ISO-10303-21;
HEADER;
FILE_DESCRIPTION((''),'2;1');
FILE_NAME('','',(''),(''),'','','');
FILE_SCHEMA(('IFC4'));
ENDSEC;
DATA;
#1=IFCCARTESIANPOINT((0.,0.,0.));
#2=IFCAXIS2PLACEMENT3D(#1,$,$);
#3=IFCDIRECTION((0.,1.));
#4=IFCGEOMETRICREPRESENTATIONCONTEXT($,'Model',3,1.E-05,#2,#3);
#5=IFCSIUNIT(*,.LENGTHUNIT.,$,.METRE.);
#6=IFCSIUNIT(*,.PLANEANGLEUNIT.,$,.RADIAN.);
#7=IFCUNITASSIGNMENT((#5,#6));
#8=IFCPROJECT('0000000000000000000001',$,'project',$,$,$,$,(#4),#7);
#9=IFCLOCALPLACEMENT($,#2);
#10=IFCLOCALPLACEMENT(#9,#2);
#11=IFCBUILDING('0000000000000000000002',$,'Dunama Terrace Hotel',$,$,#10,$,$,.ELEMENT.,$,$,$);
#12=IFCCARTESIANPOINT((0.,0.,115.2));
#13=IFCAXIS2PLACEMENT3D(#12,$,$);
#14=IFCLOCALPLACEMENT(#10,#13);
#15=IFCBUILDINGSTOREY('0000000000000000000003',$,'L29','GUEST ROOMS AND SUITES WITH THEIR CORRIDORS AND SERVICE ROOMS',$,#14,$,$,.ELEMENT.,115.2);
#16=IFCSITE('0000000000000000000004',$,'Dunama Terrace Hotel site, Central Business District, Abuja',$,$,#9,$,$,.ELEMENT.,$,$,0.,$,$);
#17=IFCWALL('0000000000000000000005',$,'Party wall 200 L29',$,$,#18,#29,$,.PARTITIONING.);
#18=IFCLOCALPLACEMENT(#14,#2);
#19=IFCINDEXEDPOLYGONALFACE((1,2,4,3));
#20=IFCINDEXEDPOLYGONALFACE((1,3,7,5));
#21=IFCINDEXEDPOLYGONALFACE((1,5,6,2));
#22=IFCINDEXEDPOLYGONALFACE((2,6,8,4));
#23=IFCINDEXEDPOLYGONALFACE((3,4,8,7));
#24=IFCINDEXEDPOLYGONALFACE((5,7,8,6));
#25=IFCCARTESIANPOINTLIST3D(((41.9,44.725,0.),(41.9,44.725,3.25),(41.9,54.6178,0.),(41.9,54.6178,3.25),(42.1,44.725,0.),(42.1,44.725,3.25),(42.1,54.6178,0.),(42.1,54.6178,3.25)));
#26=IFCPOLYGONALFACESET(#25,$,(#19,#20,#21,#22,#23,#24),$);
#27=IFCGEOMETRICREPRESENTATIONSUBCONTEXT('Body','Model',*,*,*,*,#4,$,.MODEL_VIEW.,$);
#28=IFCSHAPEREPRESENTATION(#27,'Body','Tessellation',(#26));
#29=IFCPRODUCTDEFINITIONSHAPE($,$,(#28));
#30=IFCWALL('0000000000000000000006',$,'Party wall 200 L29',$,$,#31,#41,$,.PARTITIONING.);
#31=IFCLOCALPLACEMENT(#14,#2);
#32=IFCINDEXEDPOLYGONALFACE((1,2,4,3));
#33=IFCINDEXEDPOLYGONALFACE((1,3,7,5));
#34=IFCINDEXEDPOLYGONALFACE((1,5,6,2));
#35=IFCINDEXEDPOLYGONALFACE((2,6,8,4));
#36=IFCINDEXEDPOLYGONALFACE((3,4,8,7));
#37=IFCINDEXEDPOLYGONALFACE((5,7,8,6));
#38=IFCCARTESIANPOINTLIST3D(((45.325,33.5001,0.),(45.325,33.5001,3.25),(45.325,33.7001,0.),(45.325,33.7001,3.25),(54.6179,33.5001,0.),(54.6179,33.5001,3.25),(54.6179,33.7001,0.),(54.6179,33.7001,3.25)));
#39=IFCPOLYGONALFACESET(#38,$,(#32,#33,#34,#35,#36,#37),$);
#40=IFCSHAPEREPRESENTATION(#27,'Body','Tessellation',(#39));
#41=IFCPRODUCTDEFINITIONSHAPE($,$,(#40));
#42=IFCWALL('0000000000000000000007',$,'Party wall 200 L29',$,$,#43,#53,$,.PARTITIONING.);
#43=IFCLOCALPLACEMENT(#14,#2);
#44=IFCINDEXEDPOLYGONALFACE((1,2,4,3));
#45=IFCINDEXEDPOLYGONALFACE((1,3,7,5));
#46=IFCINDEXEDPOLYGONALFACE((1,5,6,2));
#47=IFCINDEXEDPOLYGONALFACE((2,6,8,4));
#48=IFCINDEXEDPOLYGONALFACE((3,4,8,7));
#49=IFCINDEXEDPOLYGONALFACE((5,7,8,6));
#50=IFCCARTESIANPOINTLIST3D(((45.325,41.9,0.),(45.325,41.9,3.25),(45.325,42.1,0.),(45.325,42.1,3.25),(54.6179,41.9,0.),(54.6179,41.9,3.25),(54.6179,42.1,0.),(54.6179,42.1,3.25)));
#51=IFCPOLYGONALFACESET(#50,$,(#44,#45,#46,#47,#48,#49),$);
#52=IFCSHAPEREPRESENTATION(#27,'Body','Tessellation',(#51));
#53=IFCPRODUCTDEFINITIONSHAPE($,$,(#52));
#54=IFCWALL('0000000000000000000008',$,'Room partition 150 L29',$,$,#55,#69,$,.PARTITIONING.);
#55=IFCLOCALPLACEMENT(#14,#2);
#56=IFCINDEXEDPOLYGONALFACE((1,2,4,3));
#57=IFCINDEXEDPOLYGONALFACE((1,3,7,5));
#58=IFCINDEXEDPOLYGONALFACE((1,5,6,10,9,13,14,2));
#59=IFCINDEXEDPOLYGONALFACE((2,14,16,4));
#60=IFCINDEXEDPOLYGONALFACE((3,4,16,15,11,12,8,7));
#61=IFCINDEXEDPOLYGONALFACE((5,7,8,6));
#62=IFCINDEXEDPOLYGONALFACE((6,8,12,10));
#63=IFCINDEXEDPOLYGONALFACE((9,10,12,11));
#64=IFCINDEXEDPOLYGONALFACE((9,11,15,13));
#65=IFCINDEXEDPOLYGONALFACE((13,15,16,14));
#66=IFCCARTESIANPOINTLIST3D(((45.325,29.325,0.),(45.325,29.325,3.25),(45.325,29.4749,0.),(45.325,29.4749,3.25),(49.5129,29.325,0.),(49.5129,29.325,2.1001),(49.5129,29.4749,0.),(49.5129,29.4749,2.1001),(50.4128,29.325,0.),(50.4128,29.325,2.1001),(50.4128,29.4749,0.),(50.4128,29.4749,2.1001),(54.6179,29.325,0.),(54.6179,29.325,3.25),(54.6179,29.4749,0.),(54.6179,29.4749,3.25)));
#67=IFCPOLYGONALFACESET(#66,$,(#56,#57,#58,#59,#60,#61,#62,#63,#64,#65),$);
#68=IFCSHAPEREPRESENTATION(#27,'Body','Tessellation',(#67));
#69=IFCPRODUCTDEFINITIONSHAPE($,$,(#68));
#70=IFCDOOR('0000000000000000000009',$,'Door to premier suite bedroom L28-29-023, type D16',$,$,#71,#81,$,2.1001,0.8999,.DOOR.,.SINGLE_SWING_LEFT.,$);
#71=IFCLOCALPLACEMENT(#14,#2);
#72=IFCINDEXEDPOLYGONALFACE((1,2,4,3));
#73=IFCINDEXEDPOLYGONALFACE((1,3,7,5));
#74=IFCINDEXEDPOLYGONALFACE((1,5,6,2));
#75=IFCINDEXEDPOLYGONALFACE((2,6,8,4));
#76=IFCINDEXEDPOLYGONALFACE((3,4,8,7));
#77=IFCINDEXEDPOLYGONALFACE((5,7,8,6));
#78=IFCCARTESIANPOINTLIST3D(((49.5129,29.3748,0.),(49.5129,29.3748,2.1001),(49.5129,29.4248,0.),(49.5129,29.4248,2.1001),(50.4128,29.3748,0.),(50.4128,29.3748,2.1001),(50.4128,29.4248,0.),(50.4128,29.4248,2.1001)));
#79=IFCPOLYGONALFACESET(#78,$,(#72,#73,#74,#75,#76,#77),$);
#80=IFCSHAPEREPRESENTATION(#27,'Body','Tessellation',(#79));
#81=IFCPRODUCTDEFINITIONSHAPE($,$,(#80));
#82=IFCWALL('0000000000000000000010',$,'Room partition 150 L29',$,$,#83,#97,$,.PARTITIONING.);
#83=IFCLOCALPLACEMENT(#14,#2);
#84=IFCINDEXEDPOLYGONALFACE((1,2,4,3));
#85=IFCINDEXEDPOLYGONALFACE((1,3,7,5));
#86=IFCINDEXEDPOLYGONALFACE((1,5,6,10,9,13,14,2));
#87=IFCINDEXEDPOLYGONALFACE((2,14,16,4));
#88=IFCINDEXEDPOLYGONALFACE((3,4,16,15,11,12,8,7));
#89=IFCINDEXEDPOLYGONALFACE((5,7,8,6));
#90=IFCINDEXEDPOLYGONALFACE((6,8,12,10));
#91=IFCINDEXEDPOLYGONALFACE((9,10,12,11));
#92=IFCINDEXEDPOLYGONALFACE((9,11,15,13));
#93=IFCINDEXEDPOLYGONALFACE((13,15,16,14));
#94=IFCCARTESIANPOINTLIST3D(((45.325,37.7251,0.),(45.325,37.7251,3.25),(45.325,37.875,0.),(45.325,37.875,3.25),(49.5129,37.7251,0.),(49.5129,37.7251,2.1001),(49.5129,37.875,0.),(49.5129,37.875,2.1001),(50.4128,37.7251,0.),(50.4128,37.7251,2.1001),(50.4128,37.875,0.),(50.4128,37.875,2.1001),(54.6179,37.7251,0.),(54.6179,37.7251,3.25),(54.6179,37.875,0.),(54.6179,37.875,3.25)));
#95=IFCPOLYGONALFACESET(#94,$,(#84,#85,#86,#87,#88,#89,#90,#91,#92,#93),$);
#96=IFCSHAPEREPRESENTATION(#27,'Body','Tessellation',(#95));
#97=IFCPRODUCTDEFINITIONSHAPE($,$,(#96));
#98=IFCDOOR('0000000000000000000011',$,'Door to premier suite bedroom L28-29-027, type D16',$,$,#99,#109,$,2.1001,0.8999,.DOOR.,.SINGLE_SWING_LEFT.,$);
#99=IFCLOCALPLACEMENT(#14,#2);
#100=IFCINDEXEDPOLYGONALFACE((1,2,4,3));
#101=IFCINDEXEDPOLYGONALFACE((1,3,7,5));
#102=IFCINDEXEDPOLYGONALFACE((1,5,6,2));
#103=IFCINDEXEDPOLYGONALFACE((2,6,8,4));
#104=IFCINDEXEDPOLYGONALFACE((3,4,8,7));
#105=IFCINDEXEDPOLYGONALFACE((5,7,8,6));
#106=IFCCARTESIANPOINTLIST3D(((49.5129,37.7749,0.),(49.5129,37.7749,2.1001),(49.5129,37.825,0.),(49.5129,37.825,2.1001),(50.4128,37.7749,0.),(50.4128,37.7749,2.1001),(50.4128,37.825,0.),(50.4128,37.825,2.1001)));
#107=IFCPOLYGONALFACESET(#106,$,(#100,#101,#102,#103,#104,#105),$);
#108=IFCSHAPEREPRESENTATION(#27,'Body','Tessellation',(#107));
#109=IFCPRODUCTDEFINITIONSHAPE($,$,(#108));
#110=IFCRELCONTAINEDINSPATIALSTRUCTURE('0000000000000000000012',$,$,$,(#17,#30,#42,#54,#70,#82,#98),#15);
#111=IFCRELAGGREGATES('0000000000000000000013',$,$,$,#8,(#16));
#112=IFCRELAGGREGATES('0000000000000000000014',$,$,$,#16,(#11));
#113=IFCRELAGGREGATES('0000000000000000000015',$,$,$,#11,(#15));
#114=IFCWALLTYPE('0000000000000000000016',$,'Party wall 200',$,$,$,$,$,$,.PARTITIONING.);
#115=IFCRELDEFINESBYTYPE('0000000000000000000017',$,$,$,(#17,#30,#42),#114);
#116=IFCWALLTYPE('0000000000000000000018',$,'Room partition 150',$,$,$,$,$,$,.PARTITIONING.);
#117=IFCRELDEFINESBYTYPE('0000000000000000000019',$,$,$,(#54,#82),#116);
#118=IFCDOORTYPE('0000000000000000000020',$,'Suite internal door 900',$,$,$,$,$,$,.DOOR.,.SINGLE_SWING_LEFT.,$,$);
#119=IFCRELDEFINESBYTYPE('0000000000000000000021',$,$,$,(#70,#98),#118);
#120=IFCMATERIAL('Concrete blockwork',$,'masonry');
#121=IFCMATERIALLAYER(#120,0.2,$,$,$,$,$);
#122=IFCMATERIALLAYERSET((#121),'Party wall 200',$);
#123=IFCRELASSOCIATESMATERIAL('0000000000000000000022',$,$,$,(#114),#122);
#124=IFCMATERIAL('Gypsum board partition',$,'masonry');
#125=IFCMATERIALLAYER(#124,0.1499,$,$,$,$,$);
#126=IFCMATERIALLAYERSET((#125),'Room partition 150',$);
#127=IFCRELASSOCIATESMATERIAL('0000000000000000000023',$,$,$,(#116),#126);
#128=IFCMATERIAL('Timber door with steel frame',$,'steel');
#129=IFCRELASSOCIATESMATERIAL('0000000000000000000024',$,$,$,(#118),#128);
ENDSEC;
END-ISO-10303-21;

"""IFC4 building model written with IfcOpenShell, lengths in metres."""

from ifc_helpers import new_model, si_unit, direction, frame, frame_2d, origin, place, context, subcontext, project, spatial, rectangle, extrude, material, layer, layer_set, type_object, element, fill, save


model = new_model("IFC4")

# Units and contexts
model_context = context("Model", 3, precision=1e-05, world=origin(), true_north=direction((0.0, 1.0)))
body_context = subcontext(model_context, "Body", "Model", "MODEL_VIEW")
ifc_project = project(units=[si_unit("LENGTHUNIT", "METRE"), si_unit("PLANEANGLEUNIT", "RADIAN")], contexts=[model_context])

# Site, building, storey
site_placement = place(None, origin())
site = spatial("IfcSite", under=ifc_project, at=site_placement, Name="Dunama Terrace Hotel site, Central Business District, Abuja", CompositionType="ELEMENT", RefElevation=0.0)
building_placement = place(site_placement, origin())
building = spatial("IfcBuilding", under=site, at=building_placement, Name="Dunama Terrace Hotel", CompositionType="ELEMENT")
storey_placement = place(building_placement, frame((0.0, 0.0, 115.2)))
storey = spatial("IfcBuildingStorey", under=building, at=storey_placement, Name="L29", Description="GUEST ROOMS AND SUITES WITH THEIR CORRIDORS AND SERVICE ROOMS", CompositionType="ELEMENT", Elevation=115.2)

# Walls
ifc_material_1 = material(Name="Concrete blockwork", Category="masonry")
ifc_layer_1 = layer(ifc_material_1, 0.2)
ifc_layer_set_1 = layer_set([ifc_layer_1], Name="Party wall 200")
wall_type_1 = type_object("IfcWallType", Name="Party wall 200", PredefinedType="PARTITIONING", material=ifc_layer_set_1)
wall_1_placement = place(storey_placement, frame((42.0, 44.7251, 0.0), z_axis=(0.0, 0.0, 1.0), x_axis=(0.0, 1.0, 0.0)))
element("IfcWall", 1, at=wall_1_placement, inside=storey, type_object=wall_type_1, Name="Party wall 200 L29", PredefinedType="PARTITIONING", context=body_context, shape_type="SweptSolid", body=[
    extrude(rectangle(XDim=9.8928, YDim=0.2, at=frame_2d((4.9463, 0.0))), origin(), (0.0, 0.0, 1.0), 3.25),
])
for number, where, z_axis, x_axis, name in (
    (2, (45.325, 33.6001, 0.0), (0.0, 0.0, 1.0), (1.0, 0.0, 0.0), "Party wall 200 L29"),
    (3, (45.325, 42.0, 0.0), (0.0, 0.0, 1.0), (1.0, 0.0, 0.0), "Party wall 200 L29"),
):
    element("IfcWall", number, at=place(storey_placement, frame(where, z_axis=z_axis, x_axis=x_axis)), inside=storey, type_object=wall_type_1, Name=name, PredefinedType="PARTITIONING", context=body_context, shape_type="SweptSolid", body=[
        extrude(rectangle(XDim=9.293, YDim=0.2, at=frame_2d((4.6465, 0.0))), origin(), (0.0, 0.0, 1.0), 3.25),
    ])

# Walls, openings, doors
ifc_material_2 = material(Name="Gypsum board partition", Category="masonry")
ifc_layer_2 = layer(ifc_material_2, 0.1499)
ifc_layer_set_2 = layer_set([ifc_layer_2], Name="Room partition 150")
wall_type_2 = type_object("IfcWallType", Name="Room partition 150", PredefinedType="PARTITIONING", material=ifc_layer_set_2)
wall_2_placement = place(storey_placement, frame((45.325, 29.3999, 0.0), z_axis=(0.0, 0.0, 1.0), x_axis=(1.0, 0.0, 0.0)))
wall_2 = element("IfcWall", 4, at=wall_2_placement, inside=storey, type_object=wall_type_2, Name="Room partition 150 L29", PredefinedType="PARTITIONING", context=body_context, shape_type="SweptSolid", body=[
    extrude(rectangle(XDim=9.293, YDim=0.1499, at=frame_2d((4.6465, 0.0))), origin(), (0.0, 0.0, 1.0), 3.25),
])
opening_1_placement = place(wall_2_placement, frame((4.188, 0.0, 0.0)))
opening_1 = element("IfcOpeningElement", 5, at=opening_1_placement, cuts=wall_2, PredefinedType="OPENING", context=body_context, shape_type="SweptSolid", body=[
    extrude(rectangle(XDim=0.8999, YDim=2.1001, at=frame_2d((0.45, 1.05))), frame((0.0, 0.085, 0.0), z_axis=(0.0, -1.0, 0.0), x_axis=(1.0, 0.0, 0.0)), (0.0, 0.0, 1.0), 0.1699),
])
ifc_material_3 = material(Name="Timber door with steel frame", Category="steel")
door_type_1 = type_object("IfcDoorType", Name="Suite internal door 900", OperationType="SINGLE_SWING_LEFT", PredefinedType="DOOR", material=ifc_material_3)
door_1_placement = place(opening_1_placement, origin())
door_1 = element("IfcDoor", 6, at=door_1_placement, inside=storey, type_object=door_type_1, Name="Door to premier suite bedroom L28-29-023, type D16", OperationType="SINGLE_SWING_LEFT", OverallHeight=2.1001, OverallWidth=0.8999, PredefinedType="DOOR", context=body_context, shape_type="SweptSolid", body=[
    extrude(rectangle(XDim=0.8999, YDim=2.1001, at=frame_2d((0.45, 1.05))), frame((0.0, 0.0249, 0.0), z_axis=(0.0, -1.0, 0.0), x_axis=(1.0, 0.0, 0.0)), (0.0, 0.0, 1.0), 0.05),
])
fill(opening_1, door_1)
wall_3_placement = place(storey_placement, frame((45.325, 37.8, 0.0), z_axis=(0.0, 0.0, 1.0), x_axis=(1.0, 0.0, 0.0)))
wall_3 = element("IfcWall", 7, at=wall_3_placement, inside=storey, type_object=wall_type_2, Name="Room partition 150 L29", PredefinedType="PARTITIONING", context=body_context, shape_type="SweptSolid", body=[
    extrude(rectangle(XDim=9.293, YDim=0.1499, at=frame_2d((4.6465, 0.0))), origin(), (0.0, 0.0, 1.0), 3.25),
])
opening_2_placement = place(wall_3_placement, frame((4.188, 0.0, 0.0)))
opening_2 = element("IfcOpeningElement", 8, at=opening_2_placement, cuts=wall_3, PredefinedType="OPENING", context=body_context, shape_type="SweptSolid", body=[
    extrude(rectangle(XDim=0.8999, YDim=2.1001, at=frame_2d((0.45, 1.05))), frame((0.0, 0.085, 0.0), z_axis=(0.0, -1.0, 0.0), x_axis=(1.0, 0.0, 0.0)), (0.0, 0.0, 1.0), 0.1699),
])
door_2_placement = place(opening_2_placement, origin())
door_2 = element("IfcDoor", 9, at=door_2_placement, inside=storey, type_object=door_type_1, Name="Door to premier suite bedroom L28-29-027, type D16", OperationType="SINGLE_SWING_LEFT", OverallHeight=2.1001, OverallWidth=0.8999, PredefinedType="DOOR", context=body_context, shape_type="SweptSolid", body=[
    extrude(rectangle(XDim=0.8999, YDim=2.1001, at=frame_2d((0.45, 1.05))), frame((0.0, 0.0249, 0.0), z_axis=(0.0, -1.0, 0.0), x_axis=(1.0, 0.0, 0.0)), (0.0, 0.0, 1.0), 0.05),
])
fill(opening_2, door_2)

save(model, "model.ifc")
